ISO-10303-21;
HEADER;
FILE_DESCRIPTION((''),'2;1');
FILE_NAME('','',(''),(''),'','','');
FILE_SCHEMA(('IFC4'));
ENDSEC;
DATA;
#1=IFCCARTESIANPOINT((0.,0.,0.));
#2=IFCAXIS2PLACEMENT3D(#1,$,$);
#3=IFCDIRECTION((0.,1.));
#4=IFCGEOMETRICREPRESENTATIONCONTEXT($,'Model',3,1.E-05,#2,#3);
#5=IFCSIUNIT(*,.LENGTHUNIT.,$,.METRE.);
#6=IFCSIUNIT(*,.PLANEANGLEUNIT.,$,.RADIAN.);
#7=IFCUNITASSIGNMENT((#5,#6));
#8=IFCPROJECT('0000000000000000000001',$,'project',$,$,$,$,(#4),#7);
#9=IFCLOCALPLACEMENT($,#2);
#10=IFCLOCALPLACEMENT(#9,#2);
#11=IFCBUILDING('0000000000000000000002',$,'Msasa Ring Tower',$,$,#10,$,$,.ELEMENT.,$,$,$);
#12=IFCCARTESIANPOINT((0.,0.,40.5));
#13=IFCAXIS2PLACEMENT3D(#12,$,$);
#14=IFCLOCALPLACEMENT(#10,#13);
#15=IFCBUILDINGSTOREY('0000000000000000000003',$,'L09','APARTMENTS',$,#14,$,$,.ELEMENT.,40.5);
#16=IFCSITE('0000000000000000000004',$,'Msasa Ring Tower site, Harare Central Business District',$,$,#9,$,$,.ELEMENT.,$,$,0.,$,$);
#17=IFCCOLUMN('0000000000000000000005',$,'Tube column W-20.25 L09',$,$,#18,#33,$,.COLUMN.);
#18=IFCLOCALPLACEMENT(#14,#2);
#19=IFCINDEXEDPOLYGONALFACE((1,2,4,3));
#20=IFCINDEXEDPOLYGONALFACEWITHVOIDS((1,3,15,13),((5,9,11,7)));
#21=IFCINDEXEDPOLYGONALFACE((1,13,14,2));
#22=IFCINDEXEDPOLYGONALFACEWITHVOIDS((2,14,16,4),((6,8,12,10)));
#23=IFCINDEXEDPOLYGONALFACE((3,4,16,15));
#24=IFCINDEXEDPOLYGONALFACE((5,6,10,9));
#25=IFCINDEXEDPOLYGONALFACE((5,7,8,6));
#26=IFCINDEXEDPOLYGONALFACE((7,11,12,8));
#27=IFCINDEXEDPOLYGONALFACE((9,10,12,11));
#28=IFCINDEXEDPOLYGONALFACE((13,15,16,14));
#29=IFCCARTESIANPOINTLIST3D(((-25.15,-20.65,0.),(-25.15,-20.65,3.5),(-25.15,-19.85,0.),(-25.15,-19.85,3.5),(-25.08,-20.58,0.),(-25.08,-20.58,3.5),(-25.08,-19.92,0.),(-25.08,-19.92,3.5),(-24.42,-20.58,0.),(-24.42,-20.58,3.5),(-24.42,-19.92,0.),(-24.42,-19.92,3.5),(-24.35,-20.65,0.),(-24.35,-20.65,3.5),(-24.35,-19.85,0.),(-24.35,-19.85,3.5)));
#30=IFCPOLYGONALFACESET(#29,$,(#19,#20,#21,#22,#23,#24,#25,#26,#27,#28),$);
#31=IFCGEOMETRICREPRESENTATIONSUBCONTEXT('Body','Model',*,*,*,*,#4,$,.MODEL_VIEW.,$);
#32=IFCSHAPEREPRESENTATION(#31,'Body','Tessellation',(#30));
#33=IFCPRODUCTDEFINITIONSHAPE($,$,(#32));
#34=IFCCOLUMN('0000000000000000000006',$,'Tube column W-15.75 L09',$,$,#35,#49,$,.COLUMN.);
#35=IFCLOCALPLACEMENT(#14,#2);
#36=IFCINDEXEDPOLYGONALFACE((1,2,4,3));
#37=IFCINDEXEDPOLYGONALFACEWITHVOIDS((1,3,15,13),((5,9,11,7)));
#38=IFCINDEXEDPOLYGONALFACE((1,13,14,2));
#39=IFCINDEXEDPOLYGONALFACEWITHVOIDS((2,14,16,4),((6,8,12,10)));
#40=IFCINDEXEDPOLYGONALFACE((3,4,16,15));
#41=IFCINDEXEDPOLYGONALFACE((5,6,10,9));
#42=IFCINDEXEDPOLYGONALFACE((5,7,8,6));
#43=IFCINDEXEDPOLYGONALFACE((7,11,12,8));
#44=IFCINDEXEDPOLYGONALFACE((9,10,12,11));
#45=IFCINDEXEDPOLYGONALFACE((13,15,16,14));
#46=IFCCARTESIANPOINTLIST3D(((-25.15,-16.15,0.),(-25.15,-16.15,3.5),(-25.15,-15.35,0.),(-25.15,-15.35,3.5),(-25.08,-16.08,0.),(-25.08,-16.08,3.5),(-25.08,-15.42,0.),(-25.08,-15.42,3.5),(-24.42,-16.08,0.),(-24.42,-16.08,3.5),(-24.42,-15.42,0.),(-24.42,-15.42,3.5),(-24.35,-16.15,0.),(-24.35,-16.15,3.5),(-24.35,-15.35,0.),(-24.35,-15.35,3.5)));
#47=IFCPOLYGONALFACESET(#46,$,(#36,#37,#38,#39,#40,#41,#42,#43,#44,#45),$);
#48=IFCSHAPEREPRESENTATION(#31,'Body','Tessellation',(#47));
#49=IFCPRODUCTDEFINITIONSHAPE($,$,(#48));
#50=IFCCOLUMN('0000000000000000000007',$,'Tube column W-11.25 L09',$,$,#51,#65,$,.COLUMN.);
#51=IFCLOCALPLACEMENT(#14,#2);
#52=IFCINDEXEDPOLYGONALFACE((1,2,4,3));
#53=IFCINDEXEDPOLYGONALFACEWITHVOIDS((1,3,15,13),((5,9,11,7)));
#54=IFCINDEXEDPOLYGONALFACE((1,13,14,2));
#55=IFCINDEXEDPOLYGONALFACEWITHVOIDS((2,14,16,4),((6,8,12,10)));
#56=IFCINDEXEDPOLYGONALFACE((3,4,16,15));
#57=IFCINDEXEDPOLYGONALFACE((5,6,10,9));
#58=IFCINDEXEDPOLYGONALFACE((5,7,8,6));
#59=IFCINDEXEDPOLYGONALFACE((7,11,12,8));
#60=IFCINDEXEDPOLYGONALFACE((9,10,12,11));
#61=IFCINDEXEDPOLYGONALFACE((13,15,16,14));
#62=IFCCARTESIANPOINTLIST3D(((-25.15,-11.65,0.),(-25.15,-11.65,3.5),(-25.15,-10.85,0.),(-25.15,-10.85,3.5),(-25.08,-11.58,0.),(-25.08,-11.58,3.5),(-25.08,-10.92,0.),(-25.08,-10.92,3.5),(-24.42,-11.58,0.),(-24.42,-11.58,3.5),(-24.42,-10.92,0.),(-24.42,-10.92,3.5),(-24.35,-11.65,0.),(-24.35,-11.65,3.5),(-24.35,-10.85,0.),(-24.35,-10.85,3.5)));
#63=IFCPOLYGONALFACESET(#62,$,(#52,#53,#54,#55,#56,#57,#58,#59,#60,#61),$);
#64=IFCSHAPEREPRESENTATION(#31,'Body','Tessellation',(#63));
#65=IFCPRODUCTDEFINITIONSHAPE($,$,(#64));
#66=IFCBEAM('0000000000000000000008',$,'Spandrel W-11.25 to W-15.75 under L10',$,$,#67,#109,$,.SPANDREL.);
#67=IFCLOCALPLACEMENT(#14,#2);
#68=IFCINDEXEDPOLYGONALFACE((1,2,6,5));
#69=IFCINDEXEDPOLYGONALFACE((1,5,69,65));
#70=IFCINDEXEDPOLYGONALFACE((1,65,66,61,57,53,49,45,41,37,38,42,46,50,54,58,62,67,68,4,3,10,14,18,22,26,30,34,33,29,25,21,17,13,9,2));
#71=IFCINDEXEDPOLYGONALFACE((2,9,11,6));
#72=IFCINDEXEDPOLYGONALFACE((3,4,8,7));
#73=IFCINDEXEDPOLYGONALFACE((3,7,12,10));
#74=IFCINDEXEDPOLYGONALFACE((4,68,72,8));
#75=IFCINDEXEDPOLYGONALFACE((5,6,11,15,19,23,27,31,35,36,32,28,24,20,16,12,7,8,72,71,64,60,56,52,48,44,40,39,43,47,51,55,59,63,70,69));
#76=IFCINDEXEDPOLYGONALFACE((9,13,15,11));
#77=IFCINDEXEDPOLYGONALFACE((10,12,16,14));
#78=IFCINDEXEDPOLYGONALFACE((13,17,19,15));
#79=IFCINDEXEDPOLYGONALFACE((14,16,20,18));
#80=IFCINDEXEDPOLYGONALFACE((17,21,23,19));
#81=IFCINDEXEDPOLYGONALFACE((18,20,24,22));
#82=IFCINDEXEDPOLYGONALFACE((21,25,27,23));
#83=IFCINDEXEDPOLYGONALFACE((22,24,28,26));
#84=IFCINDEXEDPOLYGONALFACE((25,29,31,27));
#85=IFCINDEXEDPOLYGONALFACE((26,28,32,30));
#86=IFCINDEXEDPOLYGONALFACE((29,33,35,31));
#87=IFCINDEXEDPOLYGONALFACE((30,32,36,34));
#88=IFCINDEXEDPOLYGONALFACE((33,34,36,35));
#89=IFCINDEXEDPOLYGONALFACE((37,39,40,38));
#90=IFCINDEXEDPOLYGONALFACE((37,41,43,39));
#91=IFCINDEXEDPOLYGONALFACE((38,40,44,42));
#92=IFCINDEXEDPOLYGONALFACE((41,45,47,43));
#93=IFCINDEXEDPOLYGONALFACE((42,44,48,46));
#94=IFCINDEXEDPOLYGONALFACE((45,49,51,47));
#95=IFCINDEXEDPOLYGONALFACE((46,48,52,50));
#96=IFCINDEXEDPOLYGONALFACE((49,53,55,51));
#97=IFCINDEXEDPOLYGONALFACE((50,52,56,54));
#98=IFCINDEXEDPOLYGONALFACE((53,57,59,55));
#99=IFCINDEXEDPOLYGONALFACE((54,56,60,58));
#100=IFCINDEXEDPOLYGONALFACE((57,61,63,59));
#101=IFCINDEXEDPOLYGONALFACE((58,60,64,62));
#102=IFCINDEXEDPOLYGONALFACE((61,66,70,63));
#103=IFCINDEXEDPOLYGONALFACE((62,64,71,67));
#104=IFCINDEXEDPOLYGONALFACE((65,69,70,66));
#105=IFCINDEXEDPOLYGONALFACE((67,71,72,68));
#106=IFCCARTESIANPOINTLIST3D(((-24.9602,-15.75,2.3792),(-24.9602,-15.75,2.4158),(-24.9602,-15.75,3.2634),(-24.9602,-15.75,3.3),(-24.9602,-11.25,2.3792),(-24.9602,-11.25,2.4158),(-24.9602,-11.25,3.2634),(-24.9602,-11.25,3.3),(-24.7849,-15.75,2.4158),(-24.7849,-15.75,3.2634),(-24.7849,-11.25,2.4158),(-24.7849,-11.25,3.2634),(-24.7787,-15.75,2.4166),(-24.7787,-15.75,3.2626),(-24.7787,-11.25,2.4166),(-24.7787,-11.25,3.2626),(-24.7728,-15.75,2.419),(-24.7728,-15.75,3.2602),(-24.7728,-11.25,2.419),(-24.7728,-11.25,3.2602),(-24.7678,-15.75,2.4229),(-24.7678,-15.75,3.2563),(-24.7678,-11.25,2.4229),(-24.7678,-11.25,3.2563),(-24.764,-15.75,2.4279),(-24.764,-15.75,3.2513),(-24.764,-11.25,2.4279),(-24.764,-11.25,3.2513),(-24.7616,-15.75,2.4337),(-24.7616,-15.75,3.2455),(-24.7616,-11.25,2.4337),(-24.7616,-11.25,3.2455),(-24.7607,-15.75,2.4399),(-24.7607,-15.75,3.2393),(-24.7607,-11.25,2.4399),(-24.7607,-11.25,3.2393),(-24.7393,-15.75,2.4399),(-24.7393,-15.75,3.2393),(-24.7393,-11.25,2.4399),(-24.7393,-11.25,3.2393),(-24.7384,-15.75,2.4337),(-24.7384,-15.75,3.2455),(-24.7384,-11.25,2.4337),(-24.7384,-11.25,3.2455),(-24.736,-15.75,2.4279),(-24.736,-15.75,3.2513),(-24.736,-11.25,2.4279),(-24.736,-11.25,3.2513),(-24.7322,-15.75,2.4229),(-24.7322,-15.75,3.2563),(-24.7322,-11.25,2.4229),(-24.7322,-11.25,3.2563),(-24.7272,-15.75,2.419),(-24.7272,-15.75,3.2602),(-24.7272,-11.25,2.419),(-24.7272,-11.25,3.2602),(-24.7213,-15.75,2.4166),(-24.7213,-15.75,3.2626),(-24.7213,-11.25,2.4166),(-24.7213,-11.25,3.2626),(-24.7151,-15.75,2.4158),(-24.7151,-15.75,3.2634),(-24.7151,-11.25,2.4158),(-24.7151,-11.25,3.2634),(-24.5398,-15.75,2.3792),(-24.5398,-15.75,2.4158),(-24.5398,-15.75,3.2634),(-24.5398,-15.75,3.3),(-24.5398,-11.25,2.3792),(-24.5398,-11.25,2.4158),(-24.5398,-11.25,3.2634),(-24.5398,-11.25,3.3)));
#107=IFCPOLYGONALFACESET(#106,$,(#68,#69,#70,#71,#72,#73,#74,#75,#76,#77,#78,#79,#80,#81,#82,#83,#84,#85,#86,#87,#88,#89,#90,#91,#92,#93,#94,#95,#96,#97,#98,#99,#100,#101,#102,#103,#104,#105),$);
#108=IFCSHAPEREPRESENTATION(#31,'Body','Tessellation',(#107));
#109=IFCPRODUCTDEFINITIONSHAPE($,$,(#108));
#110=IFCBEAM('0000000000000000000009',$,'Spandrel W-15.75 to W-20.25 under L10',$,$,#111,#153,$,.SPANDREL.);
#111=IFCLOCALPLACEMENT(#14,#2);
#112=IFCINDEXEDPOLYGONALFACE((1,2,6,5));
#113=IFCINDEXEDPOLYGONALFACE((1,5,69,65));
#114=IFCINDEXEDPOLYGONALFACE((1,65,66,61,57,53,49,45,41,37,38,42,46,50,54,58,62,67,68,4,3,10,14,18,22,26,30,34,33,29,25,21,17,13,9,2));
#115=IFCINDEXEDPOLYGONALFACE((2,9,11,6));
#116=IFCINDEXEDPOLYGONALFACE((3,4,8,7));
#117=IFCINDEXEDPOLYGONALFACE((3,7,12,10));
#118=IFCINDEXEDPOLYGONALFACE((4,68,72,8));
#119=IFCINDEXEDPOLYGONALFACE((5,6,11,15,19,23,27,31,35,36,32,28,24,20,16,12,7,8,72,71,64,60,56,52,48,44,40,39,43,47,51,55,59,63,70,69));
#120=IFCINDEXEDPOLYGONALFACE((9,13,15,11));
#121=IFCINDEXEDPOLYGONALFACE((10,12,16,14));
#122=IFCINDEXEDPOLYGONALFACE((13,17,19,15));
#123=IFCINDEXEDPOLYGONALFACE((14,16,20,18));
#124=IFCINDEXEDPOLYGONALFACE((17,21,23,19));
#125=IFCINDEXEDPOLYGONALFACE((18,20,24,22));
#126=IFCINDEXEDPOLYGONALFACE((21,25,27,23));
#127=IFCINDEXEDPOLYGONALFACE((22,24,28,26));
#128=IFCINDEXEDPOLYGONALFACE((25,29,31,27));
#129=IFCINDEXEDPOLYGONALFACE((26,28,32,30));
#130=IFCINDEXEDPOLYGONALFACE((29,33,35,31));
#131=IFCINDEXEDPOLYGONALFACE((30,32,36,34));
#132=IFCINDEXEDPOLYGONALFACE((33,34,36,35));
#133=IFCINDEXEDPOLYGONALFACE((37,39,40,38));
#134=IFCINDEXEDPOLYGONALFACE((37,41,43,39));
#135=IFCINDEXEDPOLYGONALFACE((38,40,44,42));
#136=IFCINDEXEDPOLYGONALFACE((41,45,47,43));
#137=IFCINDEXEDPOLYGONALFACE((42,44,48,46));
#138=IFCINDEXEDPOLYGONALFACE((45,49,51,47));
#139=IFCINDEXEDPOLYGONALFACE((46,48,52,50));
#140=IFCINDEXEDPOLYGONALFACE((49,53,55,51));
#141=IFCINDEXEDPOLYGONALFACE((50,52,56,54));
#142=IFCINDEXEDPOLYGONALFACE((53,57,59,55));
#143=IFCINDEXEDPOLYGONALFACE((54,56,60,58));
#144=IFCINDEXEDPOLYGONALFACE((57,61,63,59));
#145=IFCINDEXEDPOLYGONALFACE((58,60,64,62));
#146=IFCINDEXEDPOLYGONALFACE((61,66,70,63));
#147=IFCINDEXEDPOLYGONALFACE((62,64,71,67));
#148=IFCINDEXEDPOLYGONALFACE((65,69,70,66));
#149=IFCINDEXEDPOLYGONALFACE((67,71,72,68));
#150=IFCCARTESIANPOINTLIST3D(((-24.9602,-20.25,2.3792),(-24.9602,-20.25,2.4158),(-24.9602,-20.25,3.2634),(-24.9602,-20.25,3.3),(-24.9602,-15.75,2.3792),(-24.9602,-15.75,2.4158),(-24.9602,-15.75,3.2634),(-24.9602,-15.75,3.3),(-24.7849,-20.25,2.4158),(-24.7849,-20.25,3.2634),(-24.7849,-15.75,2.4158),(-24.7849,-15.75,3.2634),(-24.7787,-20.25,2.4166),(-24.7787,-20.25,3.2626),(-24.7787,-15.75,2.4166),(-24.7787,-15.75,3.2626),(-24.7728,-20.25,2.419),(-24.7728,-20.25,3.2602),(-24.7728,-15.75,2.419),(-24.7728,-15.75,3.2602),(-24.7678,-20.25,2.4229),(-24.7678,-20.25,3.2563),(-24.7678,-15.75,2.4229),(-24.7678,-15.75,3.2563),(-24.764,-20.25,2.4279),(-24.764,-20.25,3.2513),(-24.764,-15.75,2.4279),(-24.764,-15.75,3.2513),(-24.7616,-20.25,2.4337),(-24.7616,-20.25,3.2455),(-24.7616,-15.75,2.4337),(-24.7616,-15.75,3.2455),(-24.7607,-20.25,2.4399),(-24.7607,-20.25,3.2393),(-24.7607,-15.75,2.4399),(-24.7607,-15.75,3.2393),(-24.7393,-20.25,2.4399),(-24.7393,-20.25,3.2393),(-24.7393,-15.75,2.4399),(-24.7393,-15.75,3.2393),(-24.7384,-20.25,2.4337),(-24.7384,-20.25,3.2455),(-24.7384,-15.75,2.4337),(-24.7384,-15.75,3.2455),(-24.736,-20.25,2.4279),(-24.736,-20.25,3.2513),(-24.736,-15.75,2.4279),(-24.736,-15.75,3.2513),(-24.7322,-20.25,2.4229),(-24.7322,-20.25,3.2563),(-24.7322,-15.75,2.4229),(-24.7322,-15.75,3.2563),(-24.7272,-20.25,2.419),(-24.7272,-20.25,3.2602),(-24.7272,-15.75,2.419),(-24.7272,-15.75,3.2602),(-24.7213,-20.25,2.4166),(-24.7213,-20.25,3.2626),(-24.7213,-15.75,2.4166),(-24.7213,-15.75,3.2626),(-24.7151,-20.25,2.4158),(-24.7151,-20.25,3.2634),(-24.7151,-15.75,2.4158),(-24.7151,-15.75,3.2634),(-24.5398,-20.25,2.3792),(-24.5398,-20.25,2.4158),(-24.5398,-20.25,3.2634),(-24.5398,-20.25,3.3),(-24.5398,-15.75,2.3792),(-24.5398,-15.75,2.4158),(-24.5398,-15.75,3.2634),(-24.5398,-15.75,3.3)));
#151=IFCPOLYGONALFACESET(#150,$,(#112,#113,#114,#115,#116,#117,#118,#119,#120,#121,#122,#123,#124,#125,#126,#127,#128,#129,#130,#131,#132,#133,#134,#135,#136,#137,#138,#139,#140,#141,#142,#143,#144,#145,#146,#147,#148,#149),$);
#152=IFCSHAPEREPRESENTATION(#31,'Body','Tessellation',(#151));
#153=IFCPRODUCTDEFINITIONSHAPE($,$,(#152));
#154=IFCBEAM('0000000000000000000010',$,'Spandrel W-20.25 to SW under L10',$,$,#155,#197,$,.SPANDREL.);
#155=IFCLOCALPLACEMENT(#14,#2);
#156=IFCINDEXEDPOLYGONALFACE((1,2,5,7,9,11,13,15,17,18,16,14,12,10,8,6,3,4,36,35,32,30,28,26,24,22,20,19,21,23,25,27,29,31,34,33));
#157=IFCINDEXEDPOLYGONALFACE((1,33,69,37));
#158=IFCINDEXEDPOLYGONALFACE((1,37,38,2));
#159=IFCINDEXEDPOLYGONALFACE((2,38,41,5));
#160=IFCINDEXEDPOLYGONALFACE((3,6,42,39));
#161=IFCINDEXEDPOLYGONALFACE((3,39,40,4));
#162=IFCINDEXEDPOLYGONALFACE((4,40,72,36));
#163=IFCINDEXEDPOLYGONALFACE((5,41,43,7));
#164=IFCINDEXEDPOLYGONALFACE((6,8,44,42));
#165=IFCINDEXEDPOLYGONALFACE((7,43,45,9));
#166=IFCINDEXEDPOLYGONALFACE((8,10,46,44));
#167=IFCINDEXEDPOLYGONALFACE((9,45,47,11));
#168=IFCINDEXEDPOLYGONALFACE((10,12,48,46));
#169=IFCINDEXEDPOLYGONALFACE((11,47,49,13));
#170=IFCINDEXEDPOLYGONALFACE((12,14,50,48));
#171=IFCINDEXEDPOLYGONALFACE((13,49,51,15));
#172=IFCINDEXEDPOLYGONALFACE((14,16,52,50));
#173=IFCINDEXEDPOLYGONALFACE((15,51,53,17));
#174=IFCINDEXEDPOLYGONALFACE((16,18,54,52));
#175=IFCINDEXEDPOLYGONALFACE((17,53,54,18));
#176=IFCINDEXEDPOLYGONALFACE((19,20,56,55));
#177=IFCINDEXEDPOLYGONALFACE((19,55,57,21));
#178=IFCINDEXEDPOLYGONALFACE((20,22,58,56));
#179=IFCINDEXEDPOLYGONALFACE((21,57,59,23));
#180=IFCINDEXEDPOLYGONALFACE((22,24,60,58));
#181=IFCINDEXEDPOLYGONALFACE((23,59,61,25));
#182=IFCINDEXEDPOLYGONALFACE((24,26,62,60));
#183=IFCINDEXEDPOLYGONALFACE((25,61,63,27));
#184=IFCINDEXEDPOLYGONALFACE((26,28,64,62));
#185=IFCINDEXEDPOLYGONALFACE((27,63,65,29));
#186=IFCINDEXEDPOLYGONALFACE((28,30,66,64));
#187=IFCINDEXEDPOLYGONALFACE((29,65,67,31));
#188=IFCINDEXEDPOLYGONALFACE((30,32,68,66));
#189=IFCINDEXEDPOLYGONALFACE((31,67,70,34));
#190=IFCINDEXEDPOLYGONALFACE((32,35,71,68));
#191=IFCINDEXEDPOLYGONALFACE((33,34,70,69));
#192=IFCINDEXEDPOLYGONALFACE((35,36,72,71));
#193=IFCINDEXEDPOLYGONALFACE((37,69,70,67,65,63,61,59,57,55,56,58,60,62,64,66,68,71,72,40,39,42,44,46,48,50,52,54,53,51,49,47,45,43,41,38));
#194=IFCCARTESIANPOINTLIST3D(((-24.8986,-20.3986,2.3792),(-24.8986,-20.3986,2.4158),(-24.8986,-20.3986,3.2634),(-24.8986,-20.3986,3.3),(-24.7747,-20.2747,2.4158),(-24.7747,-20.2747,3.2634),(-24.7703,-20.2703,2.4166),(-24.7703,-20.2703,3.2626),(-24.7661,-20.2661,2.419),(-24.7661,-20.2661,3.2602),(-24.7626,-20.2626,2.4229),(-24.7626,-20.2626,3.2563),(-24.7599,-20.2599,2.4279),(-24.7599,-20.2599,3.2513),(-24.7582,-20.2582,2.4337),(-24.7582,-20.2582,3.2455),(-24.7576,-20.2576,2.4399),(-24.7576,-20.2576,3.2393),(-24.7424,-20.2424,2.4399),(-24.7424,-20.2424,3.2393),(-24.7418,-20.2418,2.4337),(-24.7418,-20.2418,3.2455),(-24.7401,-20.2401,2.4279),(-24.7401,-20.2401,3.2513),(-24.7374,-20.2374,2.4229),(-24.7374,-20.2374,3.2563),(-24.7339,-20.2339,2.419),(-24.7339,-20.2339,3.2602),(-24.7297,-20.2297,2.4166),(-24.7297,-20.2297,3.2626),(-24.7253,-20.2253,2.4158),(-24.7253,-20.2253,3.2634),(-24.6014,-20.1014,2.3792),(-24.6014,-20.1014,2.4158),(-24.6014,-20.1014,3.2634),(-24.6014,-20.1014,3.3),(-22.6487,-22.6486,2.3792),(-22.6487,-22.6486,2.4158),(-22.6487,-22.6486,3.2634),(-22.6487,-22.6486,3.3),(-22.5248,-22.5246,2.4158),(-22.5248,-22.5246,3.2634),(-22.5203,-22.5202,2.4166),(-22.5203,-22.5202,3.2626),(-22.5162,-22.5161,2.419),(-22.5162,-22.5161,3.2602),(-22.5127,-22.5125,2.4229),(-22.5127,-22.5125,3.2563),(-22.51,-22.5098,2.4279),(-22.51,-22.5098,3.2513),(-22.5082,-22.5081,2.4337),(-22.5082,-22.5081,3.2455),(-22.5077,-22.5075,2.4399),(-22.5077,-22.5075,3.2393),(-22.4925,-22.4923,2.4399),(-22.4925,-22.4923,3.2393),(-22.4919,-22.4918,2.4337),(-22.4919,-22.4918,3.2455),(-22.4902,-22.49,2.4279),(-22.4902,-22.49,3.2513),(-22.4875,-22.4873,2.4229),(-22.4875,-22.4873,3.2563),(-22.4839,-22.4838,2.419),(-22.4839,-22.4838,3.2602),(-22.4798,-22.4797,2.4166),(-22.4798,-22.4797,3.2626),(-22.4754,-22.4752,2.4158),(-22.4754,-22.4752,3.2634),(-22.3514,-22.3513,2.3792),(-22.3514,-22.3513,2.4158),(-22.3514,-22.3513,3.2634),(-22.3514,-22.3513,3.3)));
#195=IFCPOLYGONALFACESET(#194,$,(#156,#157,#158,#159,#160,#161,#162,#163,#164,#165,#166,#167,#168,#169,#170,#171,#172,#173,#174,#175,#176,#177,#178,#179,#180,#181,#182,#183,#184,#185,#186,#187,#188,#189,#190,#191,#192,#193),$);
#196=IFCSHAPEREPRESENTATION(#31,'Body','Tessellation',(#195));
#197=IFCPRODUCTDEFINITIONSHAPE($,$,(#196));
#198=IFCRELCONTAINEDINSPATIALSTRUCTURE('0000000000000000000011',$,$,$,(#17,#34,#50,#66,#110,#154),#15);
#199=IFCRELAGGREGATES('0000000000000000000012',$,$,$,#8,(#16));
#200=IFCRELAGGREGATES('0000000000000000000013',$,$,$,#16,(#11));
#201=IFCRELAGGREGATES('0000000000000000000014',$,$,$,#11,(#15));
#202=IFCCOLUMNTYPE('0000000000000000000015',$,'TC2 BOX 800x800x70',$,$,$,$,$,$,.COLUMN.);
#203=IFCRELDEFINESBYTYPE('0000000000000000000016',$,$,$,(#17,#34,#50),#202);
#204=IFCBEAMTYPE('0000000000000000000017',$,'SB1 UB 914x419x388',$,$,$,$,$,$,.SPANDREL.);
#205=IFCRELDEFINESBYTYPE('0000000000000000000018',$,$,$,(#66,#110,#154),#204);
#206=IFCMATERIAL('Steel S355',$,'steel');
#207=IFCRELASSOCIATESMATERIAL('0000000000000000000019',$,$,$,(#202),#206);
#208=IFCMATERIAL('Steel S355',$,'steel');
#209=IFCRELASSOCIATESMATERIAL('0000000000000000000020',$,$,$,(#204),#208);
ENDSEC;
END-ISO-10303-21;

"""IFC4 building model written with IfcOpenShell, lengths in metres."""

from ifc_helpers import new_model, si_unit, direction, frame, origin, origin_2d, place, context, subcontext, project, spatial, hollow_rectangle, i_section, extrude, material, material_profile, profile_set, type_object, element, save


model = new_model("IFC4")

# Units and contexts
model_context = context("Model", 3, precision=1e-05, world=origin(), true_north=direction((0.0, 1.0)))
body_context = subcontext(model_context, "Body", "Model", "MODEL_VIEW")
ifc_project = project(units=[si_unit("LENGTHUNIT", "METRE"), si_unit("PLANEANGLEUNIT", "RADIAN")], contexts=[model_context])

# Site, building, storey
site_placement = place(None, origin())
site = spatial("IfcSite", under=ifc_project, at=site_placement, Name="Msasa Ring Tower site, Harare Central Business District", CompositionType="ELEMENT", RefElevation=0.0)
building_placement = place(site_placement, origin())
building = spatial("IfcBuilding", under=site, at=building_placement, Name="Msasa Ring Tower", CompositionType="ELEMENT")
storey_placement = place(building_placement, frame((0.0, 0.0, 40.5)))
storey = spatial("IfcBuildingStorey", under=building, at=storey_placement, Name="L09", Description="APARTMENTS", CompositionType="ELEMENT", Elevation=40.5)

# Columns
ifc_material_1 = material(Name="Steel S355", Category="steel")
ifc_material_profile_1 = material_profile(ifc_material_1, hollow_rectangle(XDim=0.8, YDim=0.8, WallThickness=0.0701, at=origin_2d()), Name="BOX 800x800x70")
ifc_profile_set_1 = profile_set([ifc_material_profile_1], Name="Steel S355")
column_type = type_object("IfcColumnType", Name="TC2 BOX 800x800x70", PredefinedType="COLUMN", material=ifc_profile_set_1)
for number, where, z_axis, x_axis, name in (
    (1, (-24.75, -20.25, 0.0), (0.0, 0.0, 1.0), (1.0, 0.0, 0.0), "Tube column W-20.25 L09"),
    (2, (-24.75, -15.75, 0.0), (0.0, 0.0, 1.0), (1.0, 0.0, 0.0), "Tube column W-15.75 L09"),
    (3, (-24.75, -11.25, 0.0), (0.0, 0.0, 1.0), (1.0, 0.0, 0.0), "Tube column W-11.25 L09"),
):
    element("IfcColumn", number, at=place(storey_placement, frame(where, z_axis=z_axis, x_axis=x_axis)), inside=storey, type_object=column_type, Name=name, PredefinedType="COLUMN", context=body_context, shape_type="SweptSolid", body=[
        extrude(hollow_rectangle(XDim=0.8, YDim=0.8, WallThickness=0.0701, at=origin_2d()), origin(), (0.0, 0.0, 1.0), 3.5),
    ])

# Beams
ifc_material_2 = material(Name="Steel S355", Category="steel")
ifc_material_profile_2 = material_profile(ifc_material_2, i_section(OverallWidth=0.4204, OverallDepth=0.9209, WebThickness=0.0215, FlangeThickness=0.0366, FilletRadius=0.0242, at=origin_2d()), Name="UB 914x419x388")
ifc_profile_set_2 = profile_set([ifc_material_profile_2], Name="Steel S355")
beam_type = type_object("IfcBeamType", Name="SB1 UB 914x419x388", PredefinedType="SPANDREL", material=ifc_profile_set_2)
for number, where, z_axis, x_axis, name in (
    (4, (-24.75, -11.25, 2.8396), (0.0, -1.0, 0.0), (1.0, 0.0, 0.0), "Spandrel W-11.25 to W-15.75 under L10"),
    (5, (-24.75, -15.75, 2.8396), (0.0, -1.0, 0.0), (1.0, 0.0, 0.0), "Spandrel W-15.75 to W-20.25 under L10"),
):
    element("IfcBeam", number, at=place(storey_placement, frame(where, z_axis=z_axis, x_axis=x_axis)), inside=storey, type_object=beam_type, Name=name, PredefinedType="SPANDREL", context=body_context, shape_type="SweptSolid", body=[
        extrude(i_section(OverallWidth=0.4204, OverallDepth=0.9209, WebThickness=0.0215, FlangeThickness=0.0366, FilletRadius=0.0242, at=origin_2d()), origin(), (0.0, 0.0, 1.0), 4.5),
    ])
beam_placement = place(storey_placement, frame((-24.75, -20.25, 2.8396), z_axis=(0.707107, -0.707107, 0.0), x_axis=(0.707107, 0.707107, 0.0)))
element("IfcBeam", 6, at=beam_placement, inside=storey, type_object=beam_type, Name="Spandrel W-20.25 to SW under L10", PredefinedType="SPANDREL", context=body_context, shape_type="SweptSolid", body=[
    extrude(i_section(OverallWidth=0.4204, OverallDepth=0.9209, WebThickness=0.0215, FlangeThickness=0.0366, FilletRadius=0.0242, at=origin_2d()), origin(), (0.0, 0.0, 1.0), 3.1819),
])

save(model, "model.ifc")
